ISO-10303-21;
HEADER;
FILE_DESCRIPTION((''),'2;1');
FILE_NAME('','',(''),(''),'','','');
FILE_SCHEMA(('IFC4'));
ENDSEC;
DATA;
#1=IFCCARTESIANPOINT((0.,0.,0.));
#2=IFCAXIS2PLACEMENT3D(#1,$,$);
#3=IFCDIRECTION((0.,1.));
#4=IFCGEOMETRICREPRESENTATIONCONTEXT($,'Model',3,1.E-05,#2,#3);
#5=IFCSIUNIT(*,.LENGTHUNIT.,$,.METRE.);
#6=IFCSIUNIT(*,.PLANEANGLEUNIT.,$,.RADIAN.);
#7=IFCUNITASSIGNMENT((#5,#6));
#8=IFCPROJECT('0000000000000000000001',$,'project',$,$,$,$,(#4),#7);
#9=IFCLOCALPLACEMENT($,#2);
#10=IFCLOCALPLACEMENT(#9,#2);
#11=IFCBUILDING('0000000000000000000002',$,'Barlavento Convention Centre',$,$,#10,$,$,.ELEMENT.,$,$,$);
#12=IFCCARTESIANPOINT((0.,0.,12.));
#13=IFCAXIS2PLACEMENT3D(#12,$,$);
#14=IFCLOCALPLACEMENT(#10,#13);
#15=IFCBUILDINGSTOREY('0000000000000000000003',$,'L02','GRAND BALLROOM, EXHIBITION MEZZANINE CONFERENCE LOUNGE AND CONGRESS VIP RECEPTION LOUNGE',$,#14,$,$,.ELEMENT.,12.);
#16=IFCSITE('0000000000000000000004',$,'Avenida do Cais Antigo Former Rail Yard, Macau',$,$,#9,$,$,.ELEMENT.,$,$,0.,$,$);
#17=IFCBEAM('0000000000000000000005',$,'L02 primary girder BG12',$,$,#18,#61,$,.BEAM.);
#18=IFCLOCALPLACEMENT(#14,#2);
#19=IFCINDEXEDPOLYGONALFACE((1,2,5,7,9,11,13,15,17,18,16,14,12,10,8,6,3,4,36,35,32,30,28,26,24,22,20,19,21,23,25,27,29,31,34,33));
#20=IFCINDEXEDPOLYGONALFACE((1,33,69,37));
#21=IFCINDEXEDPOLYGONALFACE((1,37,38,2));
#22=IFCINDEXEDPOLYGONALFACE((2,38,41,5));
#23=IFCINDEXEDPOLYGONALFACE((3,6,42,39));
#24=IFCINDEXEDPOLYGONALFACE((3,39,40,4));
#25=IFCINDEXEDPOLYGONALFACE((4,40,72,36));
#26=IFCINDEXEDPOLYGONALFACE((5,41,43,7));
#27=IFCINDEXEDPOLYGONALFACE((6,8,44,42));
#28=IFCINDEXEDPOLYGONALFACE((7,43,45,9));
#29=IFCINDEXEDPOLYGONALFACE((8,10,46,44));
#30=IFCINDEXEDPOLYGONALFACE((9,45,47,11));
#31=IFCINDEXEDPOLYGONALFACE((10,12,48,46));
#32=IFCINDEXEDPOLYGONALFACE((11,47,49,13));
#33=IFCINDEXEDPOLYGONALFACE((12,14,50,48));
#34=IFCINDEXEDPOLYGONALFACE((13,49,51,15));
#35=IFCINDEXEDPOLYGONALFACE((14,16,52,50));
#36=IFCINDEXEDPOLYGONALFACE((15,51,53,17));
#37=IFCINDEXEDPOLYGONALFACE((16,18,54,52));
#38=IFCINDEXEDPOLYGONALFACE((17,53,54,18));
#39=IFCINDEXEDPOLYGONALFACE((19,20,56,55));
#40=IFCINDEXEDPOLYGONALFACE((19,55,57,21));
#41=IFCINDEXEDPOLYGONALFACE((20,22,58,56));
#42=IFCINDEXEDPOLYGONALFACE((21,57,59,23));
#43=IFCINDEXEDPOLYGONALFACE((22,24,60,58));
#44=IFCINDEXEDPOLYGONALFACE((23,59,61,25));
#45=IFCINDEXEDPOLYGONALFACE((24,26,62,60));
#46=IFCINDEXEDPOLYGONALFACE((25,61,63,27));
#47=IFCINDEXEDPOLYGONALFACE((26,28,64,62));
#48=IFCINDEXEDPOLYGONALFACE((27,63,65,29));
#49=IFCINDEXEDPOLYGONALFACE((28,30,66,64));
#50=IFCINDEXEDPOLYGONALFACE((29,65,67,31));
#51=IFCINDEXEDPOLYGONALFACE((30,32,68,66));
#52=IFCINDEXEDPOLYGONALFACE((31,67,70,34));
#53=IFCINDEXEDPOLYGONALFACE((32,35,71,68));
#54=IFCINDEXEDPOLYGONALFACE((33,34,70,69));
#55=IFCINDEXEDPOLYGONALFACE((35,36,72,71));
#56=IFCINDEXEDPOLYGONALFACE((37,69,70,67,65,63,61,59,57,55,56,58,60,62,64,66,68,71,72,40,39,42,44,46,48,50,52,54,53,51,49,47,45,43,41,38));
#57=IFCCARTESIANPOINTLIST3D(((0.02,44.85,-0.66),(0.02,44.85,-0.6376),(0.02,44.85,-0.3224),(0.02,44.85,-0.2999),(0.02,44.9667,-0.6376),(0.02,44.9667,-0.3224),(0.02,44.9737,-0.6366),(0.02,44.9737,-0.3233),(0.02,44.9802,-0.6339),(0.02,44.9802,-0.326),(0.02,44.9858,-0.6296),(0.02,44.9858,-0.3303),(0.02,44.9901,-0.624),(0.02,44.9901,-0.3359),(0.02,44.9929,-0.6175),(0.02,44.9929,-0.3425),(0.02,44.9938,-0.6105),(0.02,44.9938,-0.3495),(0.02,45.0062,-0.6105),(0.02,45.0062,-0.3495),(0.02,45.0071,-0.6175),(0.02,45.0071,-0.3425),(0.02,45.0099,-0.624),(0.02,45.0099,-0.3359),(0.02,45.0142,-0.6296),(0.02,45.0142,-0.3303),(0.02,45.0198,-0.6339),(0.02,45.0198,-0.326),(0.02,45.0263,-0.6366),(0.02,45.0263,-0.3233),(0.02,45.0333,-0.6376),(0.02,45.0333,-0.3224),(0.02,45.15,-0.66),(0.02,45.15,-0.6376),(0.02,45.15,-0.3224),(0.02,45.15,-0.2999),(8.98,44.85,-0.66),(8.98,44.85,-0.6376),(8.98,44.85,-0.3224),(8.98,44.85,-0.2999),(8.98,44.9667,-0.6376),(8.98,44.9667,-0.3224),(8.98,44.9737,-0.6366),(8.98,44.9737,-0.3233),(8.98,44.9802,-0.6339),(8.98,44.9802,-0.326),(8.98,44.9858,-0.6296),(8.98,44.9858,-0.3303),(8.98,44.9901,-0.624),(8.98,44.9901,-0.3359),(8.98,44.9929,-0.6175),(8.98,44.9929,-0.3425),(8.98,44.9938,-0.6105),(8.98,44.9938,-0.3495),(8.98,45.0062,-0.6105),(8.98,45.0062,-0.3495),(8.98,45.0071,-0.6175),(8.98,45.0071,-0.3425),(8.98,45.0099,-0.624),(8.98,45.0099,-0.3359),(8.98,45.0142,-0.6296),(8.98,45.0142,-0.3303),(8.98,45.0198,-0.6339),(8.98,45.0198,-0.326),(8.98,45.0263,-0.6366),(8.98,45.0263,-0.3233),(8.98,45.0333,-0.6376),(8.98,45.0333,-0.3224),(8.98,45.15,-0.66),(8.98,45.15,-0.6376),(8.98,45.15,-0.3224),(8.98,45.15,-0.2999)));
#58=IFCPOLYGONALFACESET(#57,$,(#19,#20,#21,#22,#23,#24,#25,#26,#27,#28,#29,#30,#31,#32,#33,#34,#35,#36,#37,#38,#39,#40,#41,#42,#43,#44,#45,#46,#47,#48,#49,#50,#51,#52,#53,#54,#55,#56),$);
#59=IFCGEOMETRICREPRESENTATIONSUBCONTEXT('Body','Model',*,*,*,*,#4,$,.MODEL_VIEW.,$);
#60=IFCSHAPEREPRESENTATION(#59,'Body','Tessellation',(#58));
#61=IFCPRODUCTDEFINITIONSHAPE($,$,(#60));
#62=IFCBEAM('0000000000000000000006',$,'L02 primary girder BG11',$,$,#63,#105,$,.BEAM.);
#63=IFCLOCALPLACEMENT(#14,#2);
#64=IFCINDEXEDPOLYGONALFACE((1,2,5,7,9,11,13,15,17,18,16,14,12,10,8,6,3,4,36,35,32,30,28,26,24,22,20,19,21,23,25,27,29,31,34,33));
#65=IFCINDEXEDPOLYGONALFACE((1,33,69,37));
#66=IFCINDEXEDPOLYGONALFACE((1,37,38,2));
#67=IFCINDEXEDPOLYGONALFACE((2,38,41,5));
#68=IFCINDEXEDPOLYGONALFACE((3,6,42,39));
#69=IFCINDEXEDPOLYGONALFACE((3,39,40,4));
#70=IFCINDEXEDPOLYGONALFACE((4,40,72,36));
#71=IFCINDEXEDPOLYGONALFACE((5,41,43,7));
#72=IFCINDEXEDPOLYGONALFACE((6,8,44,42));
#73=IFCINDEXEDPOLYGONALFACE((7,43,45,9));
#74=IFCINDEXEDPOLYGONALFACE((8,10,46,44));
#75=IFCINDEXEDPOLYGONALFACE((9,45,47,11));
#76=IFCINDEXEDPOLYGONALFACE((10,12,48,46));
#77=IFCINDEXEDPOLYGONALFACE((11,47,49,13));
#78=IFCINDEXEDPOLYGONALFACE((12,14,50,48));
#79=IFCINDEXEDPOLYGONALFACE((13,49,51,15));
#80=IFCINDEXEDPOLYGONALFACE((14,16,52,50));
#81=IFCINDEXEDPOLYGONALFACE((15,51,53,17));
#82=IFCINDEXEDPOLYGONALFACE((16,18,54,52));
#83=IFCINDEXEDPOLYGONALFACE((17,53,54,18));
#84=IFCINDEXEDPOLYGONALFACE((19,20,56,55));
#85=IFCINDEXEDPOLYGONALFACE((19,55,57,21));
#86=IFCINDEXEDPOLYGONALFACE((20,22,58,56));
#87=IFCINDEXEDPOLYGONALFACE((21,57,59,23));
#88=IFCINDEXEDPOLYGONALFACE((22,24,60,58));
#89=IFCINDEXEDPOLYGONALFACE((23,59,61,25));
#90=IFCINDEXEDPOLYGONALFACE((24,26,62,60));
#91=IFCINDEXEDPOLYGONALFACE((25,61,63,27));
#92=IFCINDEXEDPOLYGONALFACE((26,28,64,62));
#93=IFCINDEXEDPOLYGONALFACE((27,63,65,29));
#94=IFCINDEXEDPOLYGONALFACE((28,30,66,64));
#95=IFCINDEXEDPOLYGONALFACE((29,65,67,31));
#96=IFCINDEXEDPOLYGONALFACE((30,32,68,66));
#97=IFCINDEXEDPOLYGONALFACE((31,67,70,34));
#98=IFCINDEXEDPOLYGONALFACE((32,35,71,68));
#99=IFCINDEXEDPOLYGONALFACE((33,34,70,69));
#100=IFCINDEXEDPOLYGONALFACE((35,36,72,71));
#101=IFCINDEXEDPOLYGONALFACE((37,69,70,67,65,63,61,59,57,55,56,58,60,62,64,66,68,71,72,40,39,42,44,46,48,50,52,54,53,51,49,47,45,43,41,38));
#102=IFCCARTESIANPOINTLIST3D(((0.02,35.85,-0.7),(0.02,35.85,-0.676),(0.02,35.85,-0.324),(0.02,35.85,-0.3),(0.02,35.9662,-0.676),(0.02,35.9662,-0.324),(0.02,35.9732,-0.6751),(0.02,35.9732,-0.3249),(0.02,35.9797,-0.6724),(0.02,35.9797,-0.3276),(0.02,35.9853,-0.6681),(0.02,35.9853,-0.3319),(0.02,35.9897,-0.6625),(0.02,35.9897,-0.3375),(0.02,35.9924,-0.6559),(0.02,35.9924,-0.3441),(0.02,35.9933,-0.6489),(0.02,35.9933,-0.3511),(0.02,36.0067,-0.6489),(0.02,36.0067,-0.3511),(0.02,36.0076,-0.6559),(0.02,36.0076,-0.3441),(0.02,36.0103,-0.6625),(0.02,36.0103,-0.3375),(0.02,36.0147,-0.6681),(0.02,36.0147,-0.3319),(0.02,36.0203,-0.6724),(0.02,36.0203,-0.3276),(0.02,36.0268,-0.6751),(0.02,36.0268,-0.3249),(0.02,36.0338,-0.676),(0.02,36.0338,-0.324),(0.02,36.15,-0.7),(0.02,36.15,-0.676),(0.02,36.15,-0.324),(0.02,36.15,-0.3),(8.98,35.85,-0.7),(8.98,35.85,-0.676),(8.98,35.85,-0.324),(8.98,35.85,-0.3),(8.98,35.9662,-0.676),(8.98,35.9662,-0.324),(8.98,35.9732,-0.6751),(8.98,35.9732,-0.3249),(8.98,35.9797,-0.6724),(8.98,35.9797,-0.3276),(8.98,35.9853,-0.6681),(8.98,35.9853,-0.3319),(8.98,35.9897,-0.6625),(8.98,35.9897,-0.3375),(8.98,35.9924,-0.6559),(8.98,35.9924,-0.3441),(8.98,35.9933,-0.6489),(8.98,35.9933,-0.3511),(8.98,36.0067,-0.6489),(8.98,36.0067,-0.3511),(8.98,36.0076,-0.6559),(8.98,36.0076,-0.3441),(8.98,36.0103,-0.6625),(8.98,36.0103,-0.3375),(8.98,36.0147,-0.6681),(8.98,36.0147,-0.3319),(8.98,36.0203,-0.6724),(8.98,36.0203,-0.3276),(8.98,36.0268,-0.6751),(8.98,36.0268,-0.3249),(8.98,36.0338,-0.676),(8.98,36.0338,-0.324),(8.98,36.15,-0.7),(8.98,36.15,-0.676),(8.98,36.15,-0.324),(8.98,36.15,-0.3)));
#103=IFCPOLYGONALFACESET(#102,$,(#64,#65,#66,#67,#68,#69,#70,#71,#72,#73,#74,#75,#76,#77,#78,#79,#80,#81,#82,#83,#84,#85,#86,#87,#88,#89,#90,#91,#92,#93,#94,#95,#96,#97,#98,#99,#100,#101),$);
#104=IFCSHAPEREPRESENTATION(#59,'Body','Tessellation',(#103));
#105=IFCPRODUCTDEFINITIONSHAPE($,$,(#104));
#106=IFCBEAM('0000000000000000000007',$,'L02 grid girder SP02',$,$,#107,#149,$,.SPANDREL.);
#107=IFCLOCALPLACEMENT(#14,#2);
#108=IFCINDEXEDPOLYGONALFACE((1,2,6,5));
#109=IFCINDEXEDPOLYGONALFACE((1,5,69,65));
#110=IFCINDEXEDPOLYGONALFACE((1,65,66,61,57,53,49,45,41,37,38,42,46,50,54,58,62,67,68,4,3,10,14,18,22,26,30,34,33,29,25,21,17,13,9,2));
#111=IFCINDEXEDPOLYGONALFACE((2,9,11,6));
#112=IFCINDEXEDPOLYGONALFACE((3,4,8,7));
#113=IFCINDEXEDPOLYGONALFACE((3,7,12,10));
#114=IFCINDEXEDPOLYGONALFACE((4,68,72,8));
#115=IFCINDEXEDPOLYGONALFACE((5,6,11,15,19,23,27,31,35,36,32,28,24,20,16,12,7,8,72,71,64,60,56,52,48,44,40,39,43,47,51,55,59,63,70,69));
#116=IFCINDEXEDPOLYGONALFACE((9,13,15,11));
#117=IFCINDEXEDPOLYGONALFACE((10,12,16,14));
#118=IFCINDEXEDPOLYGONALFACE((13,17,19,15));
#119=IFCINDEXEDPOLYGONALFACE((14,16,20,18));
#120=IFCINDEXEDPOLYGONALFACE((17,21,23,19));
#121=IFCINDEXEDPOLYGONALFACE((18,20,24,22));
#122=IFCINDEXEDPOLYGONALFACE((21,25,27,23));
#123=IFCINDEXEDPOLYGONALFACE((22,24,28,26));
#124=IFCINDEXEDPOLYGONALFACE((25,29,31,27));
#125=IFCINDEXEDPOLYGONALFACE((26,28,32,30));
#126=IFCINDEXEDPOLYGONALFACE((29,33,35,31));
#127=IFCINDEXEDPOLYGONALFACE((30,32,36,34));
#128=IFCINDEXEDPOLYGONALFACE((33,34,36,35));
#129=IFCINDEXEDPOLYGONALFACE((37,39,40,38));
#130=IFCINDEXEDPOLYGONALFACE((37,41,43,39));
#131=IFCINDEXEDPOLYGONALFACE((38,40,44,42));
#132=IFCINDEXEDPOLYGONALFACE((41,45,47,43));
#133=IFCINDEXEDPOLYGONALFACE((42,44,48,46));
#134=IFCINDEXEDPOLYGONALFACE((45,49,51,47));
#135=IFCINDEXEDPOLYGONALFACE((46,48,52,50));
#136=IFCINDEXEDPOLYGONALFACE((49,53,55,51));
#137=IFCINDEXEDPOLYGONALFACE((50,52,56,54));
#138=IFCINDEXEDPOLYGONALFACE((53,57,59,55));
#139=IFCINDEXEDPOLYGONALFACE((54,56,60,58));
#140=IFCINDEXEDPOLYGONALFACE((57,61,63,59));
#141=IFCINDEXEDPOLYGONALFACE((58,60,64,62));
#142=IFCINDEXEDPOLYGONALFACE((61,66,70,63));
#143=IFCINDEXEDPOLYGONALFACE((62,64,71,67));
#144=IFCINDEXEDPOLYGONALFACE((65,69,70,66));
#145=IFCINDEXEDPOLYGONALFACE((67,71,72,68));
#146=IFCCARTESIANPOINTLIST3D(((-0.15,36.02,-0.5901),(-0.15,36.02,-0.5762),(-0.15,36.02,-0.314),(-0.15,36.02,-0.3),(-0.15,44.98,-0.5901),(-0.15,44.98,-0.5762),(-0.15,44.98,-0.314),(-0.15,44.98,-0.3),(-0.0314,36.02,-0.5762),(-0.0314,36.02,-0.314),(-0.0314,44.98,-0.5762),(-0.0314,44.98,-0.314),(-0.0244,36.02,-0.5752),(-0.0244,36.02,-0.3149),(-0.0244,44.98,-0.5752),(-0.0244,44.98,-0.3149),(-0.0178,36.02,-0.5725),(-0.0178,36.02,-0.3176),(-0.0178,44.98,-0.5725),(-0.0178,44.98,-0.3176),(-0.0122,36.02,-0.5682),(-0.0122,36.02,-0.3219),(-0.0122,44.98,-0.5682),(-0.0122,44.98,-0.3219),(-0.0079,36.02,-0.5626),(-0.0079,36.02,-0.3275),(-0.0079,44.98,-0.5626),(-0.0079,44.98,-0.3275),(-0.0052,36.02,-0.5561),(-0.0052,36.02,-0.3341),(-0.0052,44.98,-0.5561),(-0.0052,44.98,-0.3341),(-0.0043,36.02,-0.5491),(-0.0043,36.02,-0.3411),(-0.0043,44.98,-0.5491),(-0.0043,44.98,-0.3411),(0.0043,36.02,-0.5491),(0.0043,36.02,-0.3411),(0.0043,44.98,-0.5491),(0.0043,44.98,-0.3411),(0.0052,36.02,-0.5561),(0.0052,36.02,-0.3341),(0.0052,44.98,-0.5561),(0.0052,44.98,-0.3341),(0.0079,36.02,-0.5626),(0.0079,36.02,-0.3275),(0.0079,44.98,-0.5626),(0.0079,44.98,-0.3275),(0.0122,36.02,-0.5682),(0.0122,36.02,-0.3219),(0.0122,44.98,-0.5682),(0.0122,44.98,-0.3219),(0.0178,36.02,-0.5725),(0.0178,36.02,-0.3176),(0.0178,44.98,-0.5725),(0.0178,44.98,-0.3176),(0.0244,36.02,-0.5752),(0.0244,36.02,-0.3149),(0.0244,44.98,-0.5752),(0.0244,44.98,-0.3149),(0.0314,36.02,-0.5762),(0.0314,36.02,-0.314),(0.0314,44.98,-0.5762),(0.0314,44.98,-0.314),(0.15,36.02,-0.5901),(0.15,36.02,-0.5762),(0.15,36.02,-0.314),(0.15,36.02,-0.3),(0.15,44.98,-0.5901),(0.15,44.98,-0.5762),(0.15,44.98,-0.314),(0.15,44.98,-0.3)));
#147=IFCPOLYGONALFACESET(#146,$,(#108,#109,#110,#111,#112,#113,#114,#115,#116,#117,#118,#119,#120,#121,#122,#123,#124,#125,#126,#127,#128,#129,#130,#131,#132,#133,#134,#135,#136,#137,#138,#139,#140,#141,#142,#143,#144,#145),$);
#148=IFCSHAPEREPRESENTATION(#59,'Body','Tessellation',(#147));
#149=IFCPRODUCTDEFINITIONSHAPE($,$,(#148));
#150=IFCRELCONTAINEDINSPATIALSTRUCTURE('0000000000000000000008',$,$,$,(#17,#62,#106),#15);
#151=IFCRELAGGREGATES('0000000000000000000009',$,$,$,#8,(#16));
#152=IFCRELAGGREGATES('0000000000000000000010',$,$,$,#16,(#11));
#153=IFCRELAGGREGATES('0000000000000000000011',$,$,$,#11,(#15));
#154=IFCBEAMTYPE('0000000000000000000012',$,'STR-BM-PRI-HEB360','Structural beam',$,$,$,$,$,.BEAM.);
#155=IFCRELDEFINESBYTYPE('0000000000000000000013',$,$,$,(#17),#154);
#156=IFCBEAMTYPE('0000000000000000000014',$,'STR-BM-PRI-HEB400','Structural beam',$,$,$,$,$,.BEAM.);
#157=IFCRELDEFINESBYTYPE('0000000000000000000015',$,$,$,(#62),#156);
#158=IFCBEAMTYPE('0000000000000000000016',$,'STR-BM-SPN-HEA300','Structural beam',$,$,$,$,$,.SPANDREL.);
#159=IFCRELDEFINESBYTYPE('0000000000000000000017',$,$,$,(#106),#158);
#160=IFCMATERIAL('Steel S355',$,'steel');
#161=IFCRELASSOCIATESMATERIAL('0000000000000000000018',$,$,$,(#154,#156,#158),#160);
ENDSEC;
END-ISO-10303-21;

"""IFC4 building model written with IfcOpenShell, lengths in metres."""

from ifc_helpers import new_model, si_unit, direction, frame, origin, origin_2d, place, context, subcontext, project, spatial, i_section, extrude, material, material_profile, profile_set, type_object, element, save


model = new_model("IFC4")

# Units and contexts
model_context = context("Model", 3, precision=1e-05, world=origin(), true_north=direction((0.0, 1.0)))
body_context = subcontext(model_context, "Body", "Model", "MODEL_VIEW")
ifc_project = project(units=[si_unit("LENGTHUNIT", "METRE"), si_unit("PLANEANGLEUNIT", "RADIAN")], contexts=[model_context])

# Site, building, storey
site_placement = place(None, origin())
site = spatial("IfcSite", under=ifc_project, at=site_placement, Name="Avenida do Cais Antigo Former Rail Yard, Macau", CompositionType="ELEMENT", RefElevation=0.0)
building_placement = place(site_placement, origin())
building = spatial("IfcBuilding", under=site, at=building_placement, Name="Barlavento Convention Centre", CompositionType="ELEMENT")
storey_placement = place(building_placement, frame((0.0, 0.0, 12.0)))
storey = spatial("IfcBuildingStorey", under=building, at=storey_placement, Name="L02", Description="GRAND BALLROOM, EXHIBITION MEZZANINE CONFERENCE LOUNGE AND CONGRESS VIP RECEPTION LOUNGE", CompositionType="ELEMENT", Elevation=12.0)

# Shared definitions
ifc_material_1 = material(Name="Steel S355", Category="steel")

# Beams
ifc_material_profile_1 = material_profile(ifc_material_1, i_section(OverallWidth=0.3, OverallDepth=0.3601, WebThickness=0.0125, FlangeThickness=0.0225, FilletRadius=0.0271, at=origin_2d()), Name="HEB 360")
ifc_profile_set_1 = profile_set([ifc_material_profile_1], Name="Steel S355")
beam_type_1 = type_object("IfcBeamType", Name="STR-BM-PRI-HEB360", Description="Structural beam", PredefinedType="BEAM", material=ifc_profile_set_1)
beam_1_placement = place(storey_placement, frame((0.02, 45.0, -0.48), z_axis=(1.0, 0.0, 0.0), x_axis=(0.0, 1.0, 0.0)))
element("IfcBeam", 1, at=beam_1_placement, inside=storey, type_object=beam_type_1, Name="L02 primary girder BG12", PredefinedType="BEAM", context=body_context, shape_type="SweptSolid", body=[
    extrude(i_section(OverallWidth=0.3, OverallDepth=0.3601, WebThickness=0.0125, FlangeThickness=0.0225, FilletRadius=0.0271, at=origin_2d()), origin(), (0.0, 0.0, 1.0), 8.96),
])
ifc_material_profile_2 = material_profile(ifc_material_1, i_section(OverallWidth=0.3, OverallDepth=0.3999, WebThickness=0.0134, FlangeThickness=0.0239, FilletRadius=0.0271, at=origin_2d()), Name="HEB 400")
ifc_profile_set_2 = profile_set([ifc_material_profile_2], Name="Steel S355")
beam_type_2 = type_object("IfcBeamType", Name="STR-BM-PRI-HEB400", Description="Structural beam", PredefinedType="BEAM", material=ifc_profile_set_2)
beam_2_placement = place(storey_placement, frame((0.02, 36.0, -0.5), z_axis=(1.0, 0.0, 0.0), x_axis=(0.0, 1.0, 0.0)))
element("IfcBeam", 2, at=beam_2_placement, inside=storey, type_object=beam_type_2, Name="L02 primary girder BG11", PredefinedType="BEAM", context=body_context, shape_type="SweptSolid", body=[
    extrude(i_section(OverallWidth=0.3, OverallDepth=0.3999, WebThickness=0.0134, FlangeThickness=0.0239, FilletRadius=0.0271, at=origin_2d()), origin(), (0.0, 0.0, 1.0), 8.96),
])
ifc_material_profile_3 = material_profile(ifc_material_1, i_section(OverallWidth=0.3, OverallDepth=0.29, WebThickness=0.0085, FlangeThickness=0.0139, FilletRadius=0.0271, at=origin_2d()), Name="HEA 300")
ifc_profile_set_3 = profile_set([ifc_material_profile_3], Name="Steel S355")
beam_type_3 = type_object("IfcBeamType", Name="STR-BM-SPN-HEA300", Description="Structural beam", PredefinedType="SPANDREL", material=ifc_profile_set_3)
beam_3_placement = place(storey_placement, frame((0.0, 36.02, -0.4451), z_axis=(0.0, 1.0, 0.0), x_axis=(-1.0, 0.0, 0.0)))
element("IfcBeam", 3, at=beam_3_placement, inside=storey, type_object=beam_type_3, Name="L02 grid girder SP02", PredefinedType="SPANDREL", context=body_context, shape_type="SweptSolid", body=[
    extrude(i_section(OverallWidth=0.3, OverallDepth=0.29, WebThickness=0.0085, FlangeThickness=0.0139, FilletRadius=0.0271, at=origin_2d()), origin(), (0.0, 0.0, 1.0), 8.96),
])

save(model, "model.ifc")
